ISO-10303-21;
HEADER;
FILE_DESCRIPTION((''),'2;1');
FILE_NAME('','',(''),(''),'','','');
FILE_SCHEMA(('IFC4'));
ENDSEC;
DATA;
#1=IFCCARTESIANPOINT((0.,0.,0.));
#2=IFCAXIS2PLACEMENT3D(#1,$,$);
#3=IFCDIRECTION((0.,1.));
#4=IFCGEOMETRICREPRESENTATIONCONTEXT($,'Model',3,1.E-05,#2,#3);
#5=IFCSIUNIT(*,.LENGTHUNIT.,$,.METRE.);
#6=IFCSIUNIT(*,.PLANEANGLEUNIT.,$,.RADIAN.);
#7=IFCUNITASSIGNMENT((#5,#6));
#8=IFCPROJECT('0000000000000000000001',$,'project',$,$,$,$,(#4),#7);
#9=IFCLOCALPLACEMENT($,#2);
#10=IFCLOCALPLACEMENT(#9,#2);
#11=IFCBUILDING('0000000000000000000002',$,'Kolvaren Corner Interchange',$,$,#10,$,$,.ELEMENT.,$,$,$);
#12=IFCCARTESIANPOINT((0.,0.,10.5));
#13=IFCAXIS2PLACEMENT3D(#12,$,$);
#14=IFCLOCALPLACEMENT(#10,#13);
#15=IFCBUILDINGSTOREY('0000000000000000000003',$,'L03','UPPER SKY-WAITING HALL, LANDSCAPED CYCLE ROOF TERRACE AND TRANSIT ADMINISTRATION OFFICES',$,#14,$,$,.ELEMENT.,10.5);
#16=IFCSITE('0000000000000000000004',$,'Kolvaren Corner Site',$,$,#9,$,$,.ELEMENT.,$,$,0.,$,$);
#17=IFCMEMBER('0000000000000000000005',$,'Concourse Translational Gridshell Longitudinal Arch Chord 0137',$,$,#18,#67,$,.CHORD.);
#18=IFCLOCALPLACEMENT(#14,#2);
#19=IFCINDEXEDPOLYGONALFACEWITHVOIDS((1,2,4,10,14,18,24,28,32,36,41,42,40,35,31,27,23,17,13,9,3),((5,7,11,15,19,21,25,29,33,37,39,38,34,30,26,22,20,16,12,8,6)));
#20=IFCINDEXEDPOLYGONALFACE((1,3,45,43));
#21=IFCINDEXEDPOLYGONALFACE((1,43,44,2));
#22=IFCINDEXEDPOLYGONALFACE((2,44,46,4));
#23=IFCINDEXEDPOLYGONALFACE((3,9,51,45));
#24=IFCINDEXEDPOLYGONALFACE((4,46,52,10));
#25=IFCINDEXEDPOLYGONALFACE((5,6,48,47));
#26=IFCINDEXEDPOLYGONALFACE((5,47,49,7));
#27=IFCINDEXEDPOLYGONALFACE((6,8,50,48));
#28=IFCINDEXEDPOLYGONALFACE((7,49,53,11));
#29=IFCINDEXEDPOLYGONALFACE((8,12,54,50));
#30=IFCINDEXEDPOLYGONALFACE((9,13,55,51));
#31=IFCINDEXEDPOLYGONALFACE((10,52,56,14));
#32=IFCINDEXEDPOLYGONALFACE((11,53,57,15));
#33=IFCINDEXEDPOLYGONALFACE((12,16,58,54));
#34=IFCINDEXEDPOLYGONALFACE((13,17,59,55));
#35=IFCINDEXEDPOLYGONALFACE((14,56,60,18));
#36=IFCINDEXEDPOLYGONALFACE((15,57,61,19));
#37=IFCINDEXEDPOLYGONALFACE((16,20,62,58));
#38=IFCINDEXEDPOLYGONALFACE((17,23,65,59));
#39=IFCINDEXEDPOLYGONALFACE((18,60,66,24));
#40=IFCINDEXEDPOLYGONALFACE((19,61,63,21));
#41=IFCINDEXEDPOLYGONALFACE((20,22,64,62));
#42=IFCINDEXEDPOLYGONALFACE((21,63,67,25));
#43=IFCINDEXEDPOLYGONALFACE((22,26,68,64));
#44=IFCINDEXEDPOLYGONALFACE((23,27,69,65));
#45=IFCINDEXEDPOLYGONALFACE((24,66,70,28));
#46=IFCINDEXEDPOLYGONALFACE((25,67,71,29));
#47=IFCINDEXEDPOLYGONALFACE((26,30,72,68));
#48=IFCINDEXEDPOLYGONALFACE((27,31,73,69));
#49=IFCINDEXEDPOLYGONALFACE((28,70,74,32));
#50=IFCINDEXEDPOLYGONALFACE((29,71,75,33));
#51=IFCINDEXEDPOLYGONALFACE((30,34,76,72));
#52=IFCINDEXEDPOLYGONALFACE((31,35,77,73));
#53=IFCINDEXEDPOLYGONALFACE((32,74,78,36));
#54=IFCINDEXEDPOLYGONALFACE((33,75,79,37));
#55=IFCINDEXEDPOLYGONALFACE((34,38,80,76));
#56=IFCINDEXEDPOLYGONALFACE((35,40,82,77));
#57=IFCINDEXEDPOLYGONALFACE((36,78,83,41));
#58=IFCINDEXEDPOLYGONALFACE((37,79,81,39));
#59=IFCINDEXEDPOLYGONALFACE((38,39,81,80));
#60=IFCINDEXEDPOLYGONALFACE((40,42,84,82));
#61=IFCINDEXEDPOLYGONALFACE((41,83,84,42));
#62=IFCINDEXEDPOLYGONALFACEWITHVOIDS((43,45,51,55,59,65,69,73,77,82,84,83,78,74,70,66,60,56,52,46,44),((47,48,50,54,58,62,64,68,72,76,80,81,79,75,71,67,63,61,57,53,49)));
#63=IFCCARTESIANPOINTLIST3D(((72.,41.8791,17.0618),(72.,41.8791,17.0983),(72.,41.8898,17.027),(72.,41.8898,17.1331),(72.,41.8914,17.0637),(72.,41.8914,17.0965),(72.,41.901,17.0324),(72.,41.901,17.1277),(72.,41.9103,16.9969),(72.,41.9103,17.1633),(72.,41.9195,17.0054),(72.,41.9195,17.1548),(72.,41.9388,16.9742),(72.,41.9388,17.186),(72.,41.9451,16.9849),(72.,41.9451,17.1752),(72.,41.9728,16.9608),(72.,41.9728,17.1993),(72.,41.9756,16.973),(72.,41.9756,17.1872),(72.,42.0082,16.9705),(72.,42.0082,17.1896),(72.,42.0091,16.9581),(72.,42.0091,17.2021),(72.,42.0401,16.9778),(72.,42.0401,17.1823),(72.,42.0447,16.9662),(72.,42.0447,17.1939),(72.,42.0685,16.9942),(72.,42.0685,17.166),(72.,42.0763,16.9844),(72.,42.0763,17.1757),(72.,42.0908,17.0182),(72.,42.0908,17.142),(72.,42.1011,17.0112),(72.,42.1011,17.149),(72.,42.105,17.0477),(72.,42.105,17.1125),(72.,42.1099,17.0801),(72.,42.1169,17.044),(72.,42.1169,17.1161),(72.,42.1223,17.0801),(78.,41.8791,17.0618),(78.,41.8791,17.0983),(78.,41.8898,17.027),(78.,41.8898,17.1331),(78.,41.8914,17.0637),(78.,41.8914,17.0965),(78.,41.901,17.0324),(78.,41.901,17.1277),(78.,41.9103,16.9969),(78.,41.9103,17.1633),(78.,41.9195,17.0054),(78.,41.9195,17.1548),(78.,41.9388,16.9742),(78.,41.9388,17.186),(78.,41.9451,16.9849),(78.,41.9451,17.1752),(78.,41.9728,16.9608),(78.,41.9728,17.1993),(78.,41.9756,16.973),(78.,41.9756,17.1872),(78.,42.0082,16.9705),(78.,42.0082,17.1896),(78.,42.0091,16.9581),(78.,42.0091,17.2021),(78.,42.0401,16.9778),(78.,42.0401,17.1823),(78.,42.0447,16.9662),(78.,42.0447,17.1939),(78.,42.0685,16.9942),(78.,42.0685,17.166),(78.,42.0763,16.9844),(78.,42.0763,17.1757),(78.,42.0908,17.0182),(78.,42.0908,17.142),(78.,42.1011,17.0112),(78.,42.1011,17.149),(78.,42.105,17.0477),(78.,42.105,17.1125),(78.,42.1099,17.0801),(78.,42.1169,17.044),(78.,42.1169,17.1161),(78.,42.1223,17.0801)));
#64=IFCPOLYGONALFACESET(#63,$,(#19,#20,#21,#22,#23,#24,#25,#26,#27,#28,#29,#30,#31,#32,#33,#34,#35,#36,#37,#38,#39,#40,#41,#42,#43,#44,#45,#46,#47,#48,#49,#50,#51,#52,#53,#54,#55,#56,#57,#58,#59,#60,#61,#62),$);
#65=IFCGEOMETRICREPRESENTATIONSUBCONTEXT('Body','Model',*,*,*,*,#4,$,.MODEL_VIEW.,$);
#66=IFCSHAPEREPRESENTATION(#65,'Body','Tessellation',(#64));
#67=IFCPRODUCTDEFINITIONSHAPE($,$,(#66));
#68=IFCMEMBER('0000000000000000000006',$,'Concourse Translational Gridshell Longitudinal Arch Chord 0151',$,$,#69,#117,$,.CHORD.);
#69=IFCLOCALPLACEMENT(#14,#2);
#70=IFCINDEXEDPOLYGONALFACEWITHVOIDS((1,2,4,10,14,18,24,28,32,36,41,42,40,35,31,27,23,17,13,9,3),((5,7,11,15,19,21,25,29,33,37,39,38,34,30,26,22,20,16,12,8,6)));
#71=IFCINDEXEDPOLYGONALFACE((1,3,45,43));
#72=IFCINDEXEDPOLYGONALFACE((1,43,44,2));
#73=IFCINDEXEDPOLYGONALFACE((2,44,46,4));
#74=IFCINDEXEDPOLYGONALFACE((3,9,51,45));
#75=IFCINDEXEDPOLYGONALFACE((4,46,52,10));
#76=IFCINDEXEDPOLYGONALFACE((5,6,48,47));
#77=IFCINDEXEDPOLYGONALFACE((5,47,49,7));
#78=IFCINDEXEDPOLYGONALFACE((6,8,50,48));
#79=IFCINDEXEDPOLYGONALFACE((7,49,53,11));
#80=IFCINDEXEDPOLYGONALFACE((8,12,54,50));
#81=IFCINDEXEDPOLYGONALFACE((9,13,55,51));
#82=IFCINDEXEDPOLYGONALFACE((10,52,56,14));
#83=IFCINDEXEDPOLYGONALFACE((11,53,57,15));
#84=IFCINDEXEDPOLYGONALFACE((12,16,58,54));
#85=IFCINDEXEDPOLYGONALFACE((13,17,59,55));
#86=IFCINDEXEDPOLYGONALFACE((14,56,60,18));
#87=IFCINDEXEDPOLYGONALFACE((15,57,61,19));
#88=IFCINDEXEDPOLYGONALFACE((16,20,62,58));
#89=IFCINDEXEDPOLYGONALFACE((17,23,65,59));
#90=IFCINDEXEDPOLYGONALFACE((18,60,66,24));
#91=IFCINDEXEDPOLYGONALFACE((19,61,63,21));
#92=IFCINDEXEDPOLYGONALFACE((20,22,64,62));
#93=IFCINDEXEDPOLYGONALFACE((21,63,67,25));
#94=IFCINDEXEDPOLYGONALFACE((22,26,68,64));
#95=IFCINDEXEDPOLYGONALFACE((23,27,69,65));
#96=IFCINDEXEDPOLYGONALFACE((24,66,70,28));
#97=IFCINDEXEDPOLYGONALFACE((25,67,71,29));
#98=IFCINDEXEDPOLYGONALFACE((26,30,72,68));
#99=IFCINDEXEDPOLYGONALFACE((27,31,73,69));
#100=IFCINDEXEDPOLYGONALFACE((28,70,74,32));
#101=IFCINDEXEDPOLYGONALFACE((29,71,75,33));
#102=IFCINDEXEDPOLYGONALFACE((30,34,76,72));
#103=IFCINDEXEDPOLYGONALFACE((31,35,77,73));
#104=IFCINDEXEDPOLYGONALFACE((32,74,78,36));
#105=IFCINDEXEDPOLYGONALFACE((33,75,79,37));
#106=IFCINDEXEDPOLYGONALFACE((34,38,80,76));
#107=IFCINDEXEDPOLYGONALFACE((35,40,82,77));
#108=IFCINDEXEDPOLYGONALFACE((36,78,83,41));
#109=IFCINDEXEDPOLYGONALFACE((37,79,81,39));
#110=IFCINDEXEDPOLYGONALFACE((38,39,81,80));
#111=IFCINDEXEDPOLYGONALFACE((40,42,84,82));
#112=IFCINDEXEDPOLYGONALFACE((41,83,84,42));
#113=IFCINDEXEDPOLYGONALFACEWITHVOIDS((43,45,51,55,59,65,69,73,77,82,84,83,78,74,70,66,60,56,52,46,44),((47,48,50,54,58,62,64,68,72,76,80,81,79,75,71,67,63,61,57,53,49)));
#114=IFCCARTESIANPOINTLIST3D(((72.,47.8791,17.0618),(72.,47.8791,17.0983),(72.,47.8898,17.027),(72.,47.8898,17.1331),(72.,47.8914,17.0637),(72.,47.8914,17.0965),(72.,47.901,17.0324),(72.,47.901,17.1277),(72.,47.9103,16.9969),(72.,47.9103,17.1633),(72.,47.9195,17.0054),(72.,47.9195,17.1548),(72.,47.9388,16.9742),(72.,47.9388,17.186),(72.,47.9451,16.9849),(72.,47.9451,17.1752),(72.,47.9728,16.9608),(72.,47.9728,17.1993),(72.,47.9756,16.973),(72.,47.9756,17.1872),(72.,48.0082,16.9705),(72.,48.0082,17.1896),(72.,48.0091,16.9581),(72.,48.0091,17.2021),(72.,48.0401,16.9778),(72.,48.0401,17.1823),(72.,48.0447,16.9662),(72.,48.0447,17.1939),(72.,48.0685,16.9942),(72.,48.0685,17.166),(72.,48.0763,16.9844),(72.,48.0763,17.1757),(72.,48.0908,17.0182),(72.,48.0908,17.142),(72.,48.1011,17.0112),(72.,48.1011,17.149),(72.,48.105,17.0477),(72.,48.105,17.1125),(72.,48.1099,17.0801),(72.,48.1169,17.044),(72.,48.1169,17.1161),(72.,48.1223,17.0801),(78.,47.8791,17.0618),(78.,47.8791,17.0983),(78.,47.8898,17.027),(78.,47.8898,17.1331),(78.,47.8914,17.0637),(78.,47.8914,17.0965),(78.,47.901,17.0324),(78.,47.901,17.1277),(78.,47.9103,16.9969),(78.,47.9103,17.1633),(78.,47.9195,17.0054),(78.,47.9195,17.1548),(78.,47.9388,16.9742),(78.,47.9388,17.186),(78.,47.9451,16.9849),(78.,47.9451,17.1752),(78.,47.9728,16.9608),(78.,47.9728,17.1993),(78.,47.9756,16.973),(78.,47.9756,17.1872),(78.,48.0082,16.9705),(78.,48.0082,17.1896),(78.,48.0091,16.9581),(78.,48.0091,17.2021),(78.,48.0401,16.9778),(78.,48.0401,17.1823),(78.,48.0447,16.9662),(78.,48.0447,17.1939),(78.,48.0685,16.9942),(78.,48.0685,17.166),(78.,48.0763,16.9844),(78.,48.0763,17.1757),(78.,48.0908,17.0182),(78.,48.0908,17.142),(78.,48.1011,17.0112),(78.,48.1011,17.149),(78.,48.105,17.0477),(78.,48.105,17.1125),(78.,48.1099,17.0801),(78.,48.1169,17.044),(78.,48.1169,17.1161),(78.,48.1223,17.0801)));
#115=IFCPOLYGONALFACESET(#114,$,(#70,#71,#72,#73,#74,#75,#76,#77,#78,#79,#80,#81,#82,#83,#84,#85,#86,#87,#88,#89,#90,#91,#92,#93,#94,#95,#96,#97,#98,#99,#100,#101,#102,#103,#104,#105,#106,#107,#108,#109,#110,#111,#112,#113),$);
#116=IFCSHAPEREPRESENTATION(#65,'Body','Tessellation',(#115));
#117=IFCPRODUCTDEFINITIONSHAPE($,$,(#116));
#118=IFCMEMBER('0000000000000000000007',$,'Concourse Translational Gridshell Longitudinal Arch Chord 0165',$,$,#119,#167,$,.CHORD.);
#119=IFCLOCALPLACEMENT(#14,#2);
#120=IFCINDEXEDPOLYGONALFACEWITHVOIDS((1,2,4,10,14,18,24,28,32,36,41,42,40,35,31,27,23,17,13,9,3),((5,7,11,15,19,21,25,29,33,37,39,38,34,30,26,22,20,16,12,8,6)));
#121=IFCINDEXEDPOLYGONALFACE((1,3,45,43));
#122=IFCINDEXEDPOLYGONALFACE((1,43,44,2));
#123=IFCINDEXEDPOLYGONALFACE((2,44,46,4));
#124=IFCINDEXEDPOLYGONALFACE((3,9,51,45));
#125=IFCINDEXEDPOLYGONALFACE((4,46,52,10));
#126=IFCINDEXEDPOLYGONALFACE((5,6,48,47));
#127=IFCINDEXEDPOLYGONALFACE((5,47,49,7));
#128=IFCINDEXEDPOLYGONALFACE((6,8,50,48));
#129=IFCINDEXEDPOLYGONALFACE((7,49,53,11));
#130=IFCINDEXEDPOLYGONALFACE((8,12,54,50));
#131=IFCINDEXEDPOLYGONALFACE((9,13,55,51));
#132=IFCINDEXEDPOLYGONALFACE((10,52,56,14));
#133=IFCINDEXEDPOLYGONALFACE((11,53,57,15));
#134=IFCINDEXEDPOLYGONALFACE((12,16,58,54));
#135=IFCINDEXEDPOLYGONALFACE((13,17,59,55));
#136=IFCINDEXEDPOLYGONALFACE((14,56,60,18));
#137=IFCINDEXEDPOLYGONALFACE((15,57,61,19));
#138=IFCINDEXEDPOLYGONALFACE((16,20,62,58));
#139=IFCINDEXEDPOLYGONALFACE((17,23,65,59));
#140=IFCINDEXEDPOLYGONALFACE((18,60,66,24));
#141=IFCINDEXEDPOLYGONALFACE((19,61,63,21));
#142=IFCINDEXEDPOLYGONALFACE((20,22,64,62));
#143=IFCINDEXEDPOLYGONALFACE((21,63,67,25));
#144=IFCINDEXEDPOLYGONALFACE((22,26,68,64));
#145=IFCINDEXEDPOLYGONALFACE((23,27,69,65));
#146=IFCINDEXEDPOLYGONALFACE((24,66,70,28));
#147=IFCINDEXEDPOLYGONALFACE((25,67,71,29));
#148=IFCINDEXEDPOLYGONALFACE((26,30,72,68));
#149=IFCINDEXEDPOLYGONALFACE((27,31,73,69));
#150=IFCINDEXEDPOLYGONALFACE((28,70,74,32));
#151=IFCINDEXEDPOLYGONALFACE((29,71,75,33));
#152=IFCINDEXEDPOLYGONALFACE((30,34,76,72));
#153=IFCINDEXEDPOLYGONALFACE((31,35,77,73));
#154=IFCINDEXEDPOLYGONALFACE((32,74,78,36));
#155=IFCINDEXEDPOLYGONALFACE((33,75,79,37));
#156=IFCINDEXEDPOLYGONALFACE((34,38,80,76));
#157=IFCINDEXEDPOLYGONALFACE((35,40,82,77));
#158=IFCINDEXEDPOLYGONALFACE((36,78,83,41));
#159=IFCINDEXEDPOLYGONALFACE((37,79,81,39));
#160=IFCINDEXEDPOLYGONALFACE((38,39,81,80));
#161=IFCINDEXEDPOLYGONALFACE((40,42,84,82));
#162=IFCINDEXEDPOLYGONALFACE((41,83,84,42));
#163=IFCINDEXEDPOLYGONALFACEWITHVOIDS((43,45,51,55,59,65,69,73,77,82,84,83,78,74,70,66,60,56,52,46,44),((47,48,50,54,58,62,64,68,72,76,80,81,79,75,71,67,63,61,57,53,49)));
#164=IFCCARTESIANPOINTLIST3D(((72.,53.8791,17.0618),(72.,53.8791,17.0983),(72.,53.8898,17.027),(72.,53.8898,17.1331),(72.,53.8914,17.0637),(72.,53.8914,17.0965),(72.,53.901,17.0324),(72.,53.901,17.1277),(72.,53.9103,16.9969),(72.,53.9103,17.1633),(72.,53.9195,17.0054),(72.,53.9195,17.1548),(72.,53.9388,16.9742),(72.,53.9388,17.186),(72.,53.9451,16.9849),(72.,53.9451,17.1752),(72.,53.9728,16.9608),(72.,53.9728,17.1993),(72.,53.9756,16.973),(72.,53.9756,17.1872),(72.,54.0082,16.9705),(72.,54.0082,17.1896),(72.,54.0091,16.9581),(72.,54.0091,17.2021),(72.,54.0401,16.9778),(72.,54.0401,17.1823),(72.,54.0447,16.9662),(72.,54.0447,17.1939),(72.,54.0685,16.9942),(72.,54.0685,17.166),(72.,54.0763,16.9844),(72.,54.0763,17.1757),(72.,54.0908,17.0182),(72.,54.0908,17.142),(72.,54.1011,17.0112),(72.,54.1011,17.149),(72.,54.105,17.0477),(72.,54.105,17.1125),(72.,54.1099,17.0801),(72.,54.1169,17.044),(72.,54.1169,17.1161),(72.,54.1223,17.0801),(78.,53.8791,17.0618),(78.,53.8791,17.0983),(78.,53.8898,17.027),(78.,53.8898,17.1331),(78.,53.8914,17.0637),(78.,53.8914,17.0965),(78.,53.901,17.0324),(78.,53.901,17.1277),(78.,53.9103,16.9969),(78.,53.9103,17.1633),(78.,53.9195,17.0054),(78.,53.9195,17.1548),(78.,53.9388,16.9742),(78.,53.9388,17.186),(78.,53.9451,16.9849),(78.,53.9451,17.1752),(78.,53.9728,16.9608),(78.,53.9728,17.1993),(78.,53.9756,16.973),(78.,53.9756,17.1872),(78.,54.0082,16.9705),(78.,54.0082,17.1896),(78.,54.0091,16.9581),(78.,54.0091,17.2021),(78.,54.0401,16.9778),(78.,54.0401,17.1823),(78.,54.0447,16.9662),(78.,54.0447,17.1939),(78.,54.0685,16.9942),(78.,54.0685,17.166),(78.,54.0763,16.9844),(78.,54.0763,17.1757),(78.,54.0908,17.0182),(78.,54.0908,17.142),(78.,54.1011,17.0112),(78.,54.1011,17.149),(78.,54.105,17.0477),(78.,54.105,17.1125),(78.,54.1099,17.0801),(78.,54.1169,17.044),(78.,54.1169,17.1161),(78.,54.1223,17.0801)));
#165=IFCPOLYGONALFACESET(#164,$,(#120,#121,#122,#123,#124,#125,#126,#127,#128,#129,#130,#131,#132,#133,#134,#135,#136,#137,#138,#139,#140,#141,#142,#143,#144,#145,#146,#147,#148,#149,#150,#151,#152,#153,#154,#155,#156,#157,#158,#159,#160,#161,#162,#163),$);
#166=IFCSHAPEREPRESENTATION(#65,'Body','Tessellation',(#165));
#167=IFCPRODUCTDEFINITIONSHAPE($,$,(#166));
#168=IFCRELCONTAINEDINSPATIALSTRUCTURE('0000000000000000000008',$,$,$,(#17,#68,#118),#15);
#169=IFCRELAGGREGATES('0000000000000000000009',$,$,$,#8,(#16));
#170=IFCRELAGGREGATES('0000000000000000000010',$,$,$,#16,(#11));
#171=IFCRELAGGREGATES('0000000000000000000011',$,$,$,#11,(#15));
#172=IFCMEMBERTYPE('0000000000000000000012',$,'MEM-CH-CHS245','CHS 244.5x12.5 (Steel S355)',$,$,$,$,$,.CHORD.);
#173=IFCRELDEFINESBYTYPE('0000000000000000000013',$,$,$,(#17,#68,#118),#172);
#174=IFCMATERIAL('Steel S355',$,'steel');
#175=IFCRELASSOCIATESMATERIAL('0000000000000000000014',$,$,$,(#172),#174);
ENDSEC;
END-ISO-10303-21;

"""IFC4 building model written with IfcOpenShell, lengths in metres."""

from ifc_helpers import new_model, si_unit, direction, frame, origin, origin_2d, place, context, subcontext, project, spatial, hollow_circle, extrude, material, material_profile, profile_set, type_object, element, save


model = new_model("IFC4")

# Units and contexts
model_context = context("Model", 3, precision=1e-05, world=origin(), true_north=direction((0.0, 1.0)))
body_context = subcontext(model_context, "Body", "Model", "MODEL_VIEW")
ifc_project = project(units=[si_unit("LENGTHUNIT", "METRE"), si_unit("PLANEANGLEUNIT", "RADIAN")], contexts=[model_context])

# Site, building, storey
site_placement = place(None, origin())
site = spatial("IfcSite", under=ifc_project, at=site_placement, Name="Kolvaren Corner Site", CompositionType="ELEMENT", RefElevation=0.0)
building_placement = place(site_placement, origin())
building = spatial("IfcBuilding", under=site, at=building_placement, Name="Kolvaren Corner Interchange", CompositionType="ELEMENT")
storey_placement = place(building_placement, frame((0.0, 0.0, 10.5)))
storey = spatial("IfcBuildingStorey", under=building, at=storey_placement, Name="L03", Description="UPPER SKY-WAITING HALL, LANDSCAPED CYCLE ROOF TERRACE AND TRANSIT ADMINISTRATION OFFICES", CompositionType="ELEMENT", Elevation=10.5)

# Members
ifc_material_1 = material(Name="Steel S355", Category="steel")
ifc_material_profile_1 = material_profile(ifc_material_1, hollow_circle(Radius=0.1223, WallThickness=0.0125, at=origin_2d()), Name="CHS 244.5x12.5")
ifc_profile_set_1 = profile_set([ifc_material_profile_1], Name="Steel S355")
member_type_1 = type_object("IfcMemberType", Name="MEM-CH-CHS245", Description="CHS 244.5x12.5 (Steel S355)", PredefinedType="CHORD", material=ifc_profile_set_1)
for number, where, z_axis, x_axis, name in (
    (1, (72.0, 42.0, 17.0801), (1.0, 0.0, 0.0), (0.0, 1.0, 0.0), "Concourse Translational Gridshell Longitudinal Arch Chord 0137"),
    (2, (72.0, 48.0, 17.0801), (1.0, 0.0, 0.0), (0.0, 1.0, 0.0), "Concourse Translational Gridshell Longitudinal Arch Chord 0151"),
    (3, (72.0, 54.0, 17.0801), (1.0, 0.0, 0.0), (0.0, 1.0, 0.0), "Concourse Translational Gridshell Longitudinal Arch Chord 0165"),
):
    element("IfcMember", number, at=place(storey_placement, frame(where, z_axis=z_axis, x_axis=x_axis)), inside=storey, type_object=member_type_1, Name=name, PredefinedType="CHORD", context=body_context, shape_type="SweptSolid", body=[
        extrude(hollow_circle(Radius=0.1223, WallThickness=0.0125, at=origin_2d()), origin(), (0.0, 0.0, 1.0), 6.0),
    ])

save(model, "model.ifc")
